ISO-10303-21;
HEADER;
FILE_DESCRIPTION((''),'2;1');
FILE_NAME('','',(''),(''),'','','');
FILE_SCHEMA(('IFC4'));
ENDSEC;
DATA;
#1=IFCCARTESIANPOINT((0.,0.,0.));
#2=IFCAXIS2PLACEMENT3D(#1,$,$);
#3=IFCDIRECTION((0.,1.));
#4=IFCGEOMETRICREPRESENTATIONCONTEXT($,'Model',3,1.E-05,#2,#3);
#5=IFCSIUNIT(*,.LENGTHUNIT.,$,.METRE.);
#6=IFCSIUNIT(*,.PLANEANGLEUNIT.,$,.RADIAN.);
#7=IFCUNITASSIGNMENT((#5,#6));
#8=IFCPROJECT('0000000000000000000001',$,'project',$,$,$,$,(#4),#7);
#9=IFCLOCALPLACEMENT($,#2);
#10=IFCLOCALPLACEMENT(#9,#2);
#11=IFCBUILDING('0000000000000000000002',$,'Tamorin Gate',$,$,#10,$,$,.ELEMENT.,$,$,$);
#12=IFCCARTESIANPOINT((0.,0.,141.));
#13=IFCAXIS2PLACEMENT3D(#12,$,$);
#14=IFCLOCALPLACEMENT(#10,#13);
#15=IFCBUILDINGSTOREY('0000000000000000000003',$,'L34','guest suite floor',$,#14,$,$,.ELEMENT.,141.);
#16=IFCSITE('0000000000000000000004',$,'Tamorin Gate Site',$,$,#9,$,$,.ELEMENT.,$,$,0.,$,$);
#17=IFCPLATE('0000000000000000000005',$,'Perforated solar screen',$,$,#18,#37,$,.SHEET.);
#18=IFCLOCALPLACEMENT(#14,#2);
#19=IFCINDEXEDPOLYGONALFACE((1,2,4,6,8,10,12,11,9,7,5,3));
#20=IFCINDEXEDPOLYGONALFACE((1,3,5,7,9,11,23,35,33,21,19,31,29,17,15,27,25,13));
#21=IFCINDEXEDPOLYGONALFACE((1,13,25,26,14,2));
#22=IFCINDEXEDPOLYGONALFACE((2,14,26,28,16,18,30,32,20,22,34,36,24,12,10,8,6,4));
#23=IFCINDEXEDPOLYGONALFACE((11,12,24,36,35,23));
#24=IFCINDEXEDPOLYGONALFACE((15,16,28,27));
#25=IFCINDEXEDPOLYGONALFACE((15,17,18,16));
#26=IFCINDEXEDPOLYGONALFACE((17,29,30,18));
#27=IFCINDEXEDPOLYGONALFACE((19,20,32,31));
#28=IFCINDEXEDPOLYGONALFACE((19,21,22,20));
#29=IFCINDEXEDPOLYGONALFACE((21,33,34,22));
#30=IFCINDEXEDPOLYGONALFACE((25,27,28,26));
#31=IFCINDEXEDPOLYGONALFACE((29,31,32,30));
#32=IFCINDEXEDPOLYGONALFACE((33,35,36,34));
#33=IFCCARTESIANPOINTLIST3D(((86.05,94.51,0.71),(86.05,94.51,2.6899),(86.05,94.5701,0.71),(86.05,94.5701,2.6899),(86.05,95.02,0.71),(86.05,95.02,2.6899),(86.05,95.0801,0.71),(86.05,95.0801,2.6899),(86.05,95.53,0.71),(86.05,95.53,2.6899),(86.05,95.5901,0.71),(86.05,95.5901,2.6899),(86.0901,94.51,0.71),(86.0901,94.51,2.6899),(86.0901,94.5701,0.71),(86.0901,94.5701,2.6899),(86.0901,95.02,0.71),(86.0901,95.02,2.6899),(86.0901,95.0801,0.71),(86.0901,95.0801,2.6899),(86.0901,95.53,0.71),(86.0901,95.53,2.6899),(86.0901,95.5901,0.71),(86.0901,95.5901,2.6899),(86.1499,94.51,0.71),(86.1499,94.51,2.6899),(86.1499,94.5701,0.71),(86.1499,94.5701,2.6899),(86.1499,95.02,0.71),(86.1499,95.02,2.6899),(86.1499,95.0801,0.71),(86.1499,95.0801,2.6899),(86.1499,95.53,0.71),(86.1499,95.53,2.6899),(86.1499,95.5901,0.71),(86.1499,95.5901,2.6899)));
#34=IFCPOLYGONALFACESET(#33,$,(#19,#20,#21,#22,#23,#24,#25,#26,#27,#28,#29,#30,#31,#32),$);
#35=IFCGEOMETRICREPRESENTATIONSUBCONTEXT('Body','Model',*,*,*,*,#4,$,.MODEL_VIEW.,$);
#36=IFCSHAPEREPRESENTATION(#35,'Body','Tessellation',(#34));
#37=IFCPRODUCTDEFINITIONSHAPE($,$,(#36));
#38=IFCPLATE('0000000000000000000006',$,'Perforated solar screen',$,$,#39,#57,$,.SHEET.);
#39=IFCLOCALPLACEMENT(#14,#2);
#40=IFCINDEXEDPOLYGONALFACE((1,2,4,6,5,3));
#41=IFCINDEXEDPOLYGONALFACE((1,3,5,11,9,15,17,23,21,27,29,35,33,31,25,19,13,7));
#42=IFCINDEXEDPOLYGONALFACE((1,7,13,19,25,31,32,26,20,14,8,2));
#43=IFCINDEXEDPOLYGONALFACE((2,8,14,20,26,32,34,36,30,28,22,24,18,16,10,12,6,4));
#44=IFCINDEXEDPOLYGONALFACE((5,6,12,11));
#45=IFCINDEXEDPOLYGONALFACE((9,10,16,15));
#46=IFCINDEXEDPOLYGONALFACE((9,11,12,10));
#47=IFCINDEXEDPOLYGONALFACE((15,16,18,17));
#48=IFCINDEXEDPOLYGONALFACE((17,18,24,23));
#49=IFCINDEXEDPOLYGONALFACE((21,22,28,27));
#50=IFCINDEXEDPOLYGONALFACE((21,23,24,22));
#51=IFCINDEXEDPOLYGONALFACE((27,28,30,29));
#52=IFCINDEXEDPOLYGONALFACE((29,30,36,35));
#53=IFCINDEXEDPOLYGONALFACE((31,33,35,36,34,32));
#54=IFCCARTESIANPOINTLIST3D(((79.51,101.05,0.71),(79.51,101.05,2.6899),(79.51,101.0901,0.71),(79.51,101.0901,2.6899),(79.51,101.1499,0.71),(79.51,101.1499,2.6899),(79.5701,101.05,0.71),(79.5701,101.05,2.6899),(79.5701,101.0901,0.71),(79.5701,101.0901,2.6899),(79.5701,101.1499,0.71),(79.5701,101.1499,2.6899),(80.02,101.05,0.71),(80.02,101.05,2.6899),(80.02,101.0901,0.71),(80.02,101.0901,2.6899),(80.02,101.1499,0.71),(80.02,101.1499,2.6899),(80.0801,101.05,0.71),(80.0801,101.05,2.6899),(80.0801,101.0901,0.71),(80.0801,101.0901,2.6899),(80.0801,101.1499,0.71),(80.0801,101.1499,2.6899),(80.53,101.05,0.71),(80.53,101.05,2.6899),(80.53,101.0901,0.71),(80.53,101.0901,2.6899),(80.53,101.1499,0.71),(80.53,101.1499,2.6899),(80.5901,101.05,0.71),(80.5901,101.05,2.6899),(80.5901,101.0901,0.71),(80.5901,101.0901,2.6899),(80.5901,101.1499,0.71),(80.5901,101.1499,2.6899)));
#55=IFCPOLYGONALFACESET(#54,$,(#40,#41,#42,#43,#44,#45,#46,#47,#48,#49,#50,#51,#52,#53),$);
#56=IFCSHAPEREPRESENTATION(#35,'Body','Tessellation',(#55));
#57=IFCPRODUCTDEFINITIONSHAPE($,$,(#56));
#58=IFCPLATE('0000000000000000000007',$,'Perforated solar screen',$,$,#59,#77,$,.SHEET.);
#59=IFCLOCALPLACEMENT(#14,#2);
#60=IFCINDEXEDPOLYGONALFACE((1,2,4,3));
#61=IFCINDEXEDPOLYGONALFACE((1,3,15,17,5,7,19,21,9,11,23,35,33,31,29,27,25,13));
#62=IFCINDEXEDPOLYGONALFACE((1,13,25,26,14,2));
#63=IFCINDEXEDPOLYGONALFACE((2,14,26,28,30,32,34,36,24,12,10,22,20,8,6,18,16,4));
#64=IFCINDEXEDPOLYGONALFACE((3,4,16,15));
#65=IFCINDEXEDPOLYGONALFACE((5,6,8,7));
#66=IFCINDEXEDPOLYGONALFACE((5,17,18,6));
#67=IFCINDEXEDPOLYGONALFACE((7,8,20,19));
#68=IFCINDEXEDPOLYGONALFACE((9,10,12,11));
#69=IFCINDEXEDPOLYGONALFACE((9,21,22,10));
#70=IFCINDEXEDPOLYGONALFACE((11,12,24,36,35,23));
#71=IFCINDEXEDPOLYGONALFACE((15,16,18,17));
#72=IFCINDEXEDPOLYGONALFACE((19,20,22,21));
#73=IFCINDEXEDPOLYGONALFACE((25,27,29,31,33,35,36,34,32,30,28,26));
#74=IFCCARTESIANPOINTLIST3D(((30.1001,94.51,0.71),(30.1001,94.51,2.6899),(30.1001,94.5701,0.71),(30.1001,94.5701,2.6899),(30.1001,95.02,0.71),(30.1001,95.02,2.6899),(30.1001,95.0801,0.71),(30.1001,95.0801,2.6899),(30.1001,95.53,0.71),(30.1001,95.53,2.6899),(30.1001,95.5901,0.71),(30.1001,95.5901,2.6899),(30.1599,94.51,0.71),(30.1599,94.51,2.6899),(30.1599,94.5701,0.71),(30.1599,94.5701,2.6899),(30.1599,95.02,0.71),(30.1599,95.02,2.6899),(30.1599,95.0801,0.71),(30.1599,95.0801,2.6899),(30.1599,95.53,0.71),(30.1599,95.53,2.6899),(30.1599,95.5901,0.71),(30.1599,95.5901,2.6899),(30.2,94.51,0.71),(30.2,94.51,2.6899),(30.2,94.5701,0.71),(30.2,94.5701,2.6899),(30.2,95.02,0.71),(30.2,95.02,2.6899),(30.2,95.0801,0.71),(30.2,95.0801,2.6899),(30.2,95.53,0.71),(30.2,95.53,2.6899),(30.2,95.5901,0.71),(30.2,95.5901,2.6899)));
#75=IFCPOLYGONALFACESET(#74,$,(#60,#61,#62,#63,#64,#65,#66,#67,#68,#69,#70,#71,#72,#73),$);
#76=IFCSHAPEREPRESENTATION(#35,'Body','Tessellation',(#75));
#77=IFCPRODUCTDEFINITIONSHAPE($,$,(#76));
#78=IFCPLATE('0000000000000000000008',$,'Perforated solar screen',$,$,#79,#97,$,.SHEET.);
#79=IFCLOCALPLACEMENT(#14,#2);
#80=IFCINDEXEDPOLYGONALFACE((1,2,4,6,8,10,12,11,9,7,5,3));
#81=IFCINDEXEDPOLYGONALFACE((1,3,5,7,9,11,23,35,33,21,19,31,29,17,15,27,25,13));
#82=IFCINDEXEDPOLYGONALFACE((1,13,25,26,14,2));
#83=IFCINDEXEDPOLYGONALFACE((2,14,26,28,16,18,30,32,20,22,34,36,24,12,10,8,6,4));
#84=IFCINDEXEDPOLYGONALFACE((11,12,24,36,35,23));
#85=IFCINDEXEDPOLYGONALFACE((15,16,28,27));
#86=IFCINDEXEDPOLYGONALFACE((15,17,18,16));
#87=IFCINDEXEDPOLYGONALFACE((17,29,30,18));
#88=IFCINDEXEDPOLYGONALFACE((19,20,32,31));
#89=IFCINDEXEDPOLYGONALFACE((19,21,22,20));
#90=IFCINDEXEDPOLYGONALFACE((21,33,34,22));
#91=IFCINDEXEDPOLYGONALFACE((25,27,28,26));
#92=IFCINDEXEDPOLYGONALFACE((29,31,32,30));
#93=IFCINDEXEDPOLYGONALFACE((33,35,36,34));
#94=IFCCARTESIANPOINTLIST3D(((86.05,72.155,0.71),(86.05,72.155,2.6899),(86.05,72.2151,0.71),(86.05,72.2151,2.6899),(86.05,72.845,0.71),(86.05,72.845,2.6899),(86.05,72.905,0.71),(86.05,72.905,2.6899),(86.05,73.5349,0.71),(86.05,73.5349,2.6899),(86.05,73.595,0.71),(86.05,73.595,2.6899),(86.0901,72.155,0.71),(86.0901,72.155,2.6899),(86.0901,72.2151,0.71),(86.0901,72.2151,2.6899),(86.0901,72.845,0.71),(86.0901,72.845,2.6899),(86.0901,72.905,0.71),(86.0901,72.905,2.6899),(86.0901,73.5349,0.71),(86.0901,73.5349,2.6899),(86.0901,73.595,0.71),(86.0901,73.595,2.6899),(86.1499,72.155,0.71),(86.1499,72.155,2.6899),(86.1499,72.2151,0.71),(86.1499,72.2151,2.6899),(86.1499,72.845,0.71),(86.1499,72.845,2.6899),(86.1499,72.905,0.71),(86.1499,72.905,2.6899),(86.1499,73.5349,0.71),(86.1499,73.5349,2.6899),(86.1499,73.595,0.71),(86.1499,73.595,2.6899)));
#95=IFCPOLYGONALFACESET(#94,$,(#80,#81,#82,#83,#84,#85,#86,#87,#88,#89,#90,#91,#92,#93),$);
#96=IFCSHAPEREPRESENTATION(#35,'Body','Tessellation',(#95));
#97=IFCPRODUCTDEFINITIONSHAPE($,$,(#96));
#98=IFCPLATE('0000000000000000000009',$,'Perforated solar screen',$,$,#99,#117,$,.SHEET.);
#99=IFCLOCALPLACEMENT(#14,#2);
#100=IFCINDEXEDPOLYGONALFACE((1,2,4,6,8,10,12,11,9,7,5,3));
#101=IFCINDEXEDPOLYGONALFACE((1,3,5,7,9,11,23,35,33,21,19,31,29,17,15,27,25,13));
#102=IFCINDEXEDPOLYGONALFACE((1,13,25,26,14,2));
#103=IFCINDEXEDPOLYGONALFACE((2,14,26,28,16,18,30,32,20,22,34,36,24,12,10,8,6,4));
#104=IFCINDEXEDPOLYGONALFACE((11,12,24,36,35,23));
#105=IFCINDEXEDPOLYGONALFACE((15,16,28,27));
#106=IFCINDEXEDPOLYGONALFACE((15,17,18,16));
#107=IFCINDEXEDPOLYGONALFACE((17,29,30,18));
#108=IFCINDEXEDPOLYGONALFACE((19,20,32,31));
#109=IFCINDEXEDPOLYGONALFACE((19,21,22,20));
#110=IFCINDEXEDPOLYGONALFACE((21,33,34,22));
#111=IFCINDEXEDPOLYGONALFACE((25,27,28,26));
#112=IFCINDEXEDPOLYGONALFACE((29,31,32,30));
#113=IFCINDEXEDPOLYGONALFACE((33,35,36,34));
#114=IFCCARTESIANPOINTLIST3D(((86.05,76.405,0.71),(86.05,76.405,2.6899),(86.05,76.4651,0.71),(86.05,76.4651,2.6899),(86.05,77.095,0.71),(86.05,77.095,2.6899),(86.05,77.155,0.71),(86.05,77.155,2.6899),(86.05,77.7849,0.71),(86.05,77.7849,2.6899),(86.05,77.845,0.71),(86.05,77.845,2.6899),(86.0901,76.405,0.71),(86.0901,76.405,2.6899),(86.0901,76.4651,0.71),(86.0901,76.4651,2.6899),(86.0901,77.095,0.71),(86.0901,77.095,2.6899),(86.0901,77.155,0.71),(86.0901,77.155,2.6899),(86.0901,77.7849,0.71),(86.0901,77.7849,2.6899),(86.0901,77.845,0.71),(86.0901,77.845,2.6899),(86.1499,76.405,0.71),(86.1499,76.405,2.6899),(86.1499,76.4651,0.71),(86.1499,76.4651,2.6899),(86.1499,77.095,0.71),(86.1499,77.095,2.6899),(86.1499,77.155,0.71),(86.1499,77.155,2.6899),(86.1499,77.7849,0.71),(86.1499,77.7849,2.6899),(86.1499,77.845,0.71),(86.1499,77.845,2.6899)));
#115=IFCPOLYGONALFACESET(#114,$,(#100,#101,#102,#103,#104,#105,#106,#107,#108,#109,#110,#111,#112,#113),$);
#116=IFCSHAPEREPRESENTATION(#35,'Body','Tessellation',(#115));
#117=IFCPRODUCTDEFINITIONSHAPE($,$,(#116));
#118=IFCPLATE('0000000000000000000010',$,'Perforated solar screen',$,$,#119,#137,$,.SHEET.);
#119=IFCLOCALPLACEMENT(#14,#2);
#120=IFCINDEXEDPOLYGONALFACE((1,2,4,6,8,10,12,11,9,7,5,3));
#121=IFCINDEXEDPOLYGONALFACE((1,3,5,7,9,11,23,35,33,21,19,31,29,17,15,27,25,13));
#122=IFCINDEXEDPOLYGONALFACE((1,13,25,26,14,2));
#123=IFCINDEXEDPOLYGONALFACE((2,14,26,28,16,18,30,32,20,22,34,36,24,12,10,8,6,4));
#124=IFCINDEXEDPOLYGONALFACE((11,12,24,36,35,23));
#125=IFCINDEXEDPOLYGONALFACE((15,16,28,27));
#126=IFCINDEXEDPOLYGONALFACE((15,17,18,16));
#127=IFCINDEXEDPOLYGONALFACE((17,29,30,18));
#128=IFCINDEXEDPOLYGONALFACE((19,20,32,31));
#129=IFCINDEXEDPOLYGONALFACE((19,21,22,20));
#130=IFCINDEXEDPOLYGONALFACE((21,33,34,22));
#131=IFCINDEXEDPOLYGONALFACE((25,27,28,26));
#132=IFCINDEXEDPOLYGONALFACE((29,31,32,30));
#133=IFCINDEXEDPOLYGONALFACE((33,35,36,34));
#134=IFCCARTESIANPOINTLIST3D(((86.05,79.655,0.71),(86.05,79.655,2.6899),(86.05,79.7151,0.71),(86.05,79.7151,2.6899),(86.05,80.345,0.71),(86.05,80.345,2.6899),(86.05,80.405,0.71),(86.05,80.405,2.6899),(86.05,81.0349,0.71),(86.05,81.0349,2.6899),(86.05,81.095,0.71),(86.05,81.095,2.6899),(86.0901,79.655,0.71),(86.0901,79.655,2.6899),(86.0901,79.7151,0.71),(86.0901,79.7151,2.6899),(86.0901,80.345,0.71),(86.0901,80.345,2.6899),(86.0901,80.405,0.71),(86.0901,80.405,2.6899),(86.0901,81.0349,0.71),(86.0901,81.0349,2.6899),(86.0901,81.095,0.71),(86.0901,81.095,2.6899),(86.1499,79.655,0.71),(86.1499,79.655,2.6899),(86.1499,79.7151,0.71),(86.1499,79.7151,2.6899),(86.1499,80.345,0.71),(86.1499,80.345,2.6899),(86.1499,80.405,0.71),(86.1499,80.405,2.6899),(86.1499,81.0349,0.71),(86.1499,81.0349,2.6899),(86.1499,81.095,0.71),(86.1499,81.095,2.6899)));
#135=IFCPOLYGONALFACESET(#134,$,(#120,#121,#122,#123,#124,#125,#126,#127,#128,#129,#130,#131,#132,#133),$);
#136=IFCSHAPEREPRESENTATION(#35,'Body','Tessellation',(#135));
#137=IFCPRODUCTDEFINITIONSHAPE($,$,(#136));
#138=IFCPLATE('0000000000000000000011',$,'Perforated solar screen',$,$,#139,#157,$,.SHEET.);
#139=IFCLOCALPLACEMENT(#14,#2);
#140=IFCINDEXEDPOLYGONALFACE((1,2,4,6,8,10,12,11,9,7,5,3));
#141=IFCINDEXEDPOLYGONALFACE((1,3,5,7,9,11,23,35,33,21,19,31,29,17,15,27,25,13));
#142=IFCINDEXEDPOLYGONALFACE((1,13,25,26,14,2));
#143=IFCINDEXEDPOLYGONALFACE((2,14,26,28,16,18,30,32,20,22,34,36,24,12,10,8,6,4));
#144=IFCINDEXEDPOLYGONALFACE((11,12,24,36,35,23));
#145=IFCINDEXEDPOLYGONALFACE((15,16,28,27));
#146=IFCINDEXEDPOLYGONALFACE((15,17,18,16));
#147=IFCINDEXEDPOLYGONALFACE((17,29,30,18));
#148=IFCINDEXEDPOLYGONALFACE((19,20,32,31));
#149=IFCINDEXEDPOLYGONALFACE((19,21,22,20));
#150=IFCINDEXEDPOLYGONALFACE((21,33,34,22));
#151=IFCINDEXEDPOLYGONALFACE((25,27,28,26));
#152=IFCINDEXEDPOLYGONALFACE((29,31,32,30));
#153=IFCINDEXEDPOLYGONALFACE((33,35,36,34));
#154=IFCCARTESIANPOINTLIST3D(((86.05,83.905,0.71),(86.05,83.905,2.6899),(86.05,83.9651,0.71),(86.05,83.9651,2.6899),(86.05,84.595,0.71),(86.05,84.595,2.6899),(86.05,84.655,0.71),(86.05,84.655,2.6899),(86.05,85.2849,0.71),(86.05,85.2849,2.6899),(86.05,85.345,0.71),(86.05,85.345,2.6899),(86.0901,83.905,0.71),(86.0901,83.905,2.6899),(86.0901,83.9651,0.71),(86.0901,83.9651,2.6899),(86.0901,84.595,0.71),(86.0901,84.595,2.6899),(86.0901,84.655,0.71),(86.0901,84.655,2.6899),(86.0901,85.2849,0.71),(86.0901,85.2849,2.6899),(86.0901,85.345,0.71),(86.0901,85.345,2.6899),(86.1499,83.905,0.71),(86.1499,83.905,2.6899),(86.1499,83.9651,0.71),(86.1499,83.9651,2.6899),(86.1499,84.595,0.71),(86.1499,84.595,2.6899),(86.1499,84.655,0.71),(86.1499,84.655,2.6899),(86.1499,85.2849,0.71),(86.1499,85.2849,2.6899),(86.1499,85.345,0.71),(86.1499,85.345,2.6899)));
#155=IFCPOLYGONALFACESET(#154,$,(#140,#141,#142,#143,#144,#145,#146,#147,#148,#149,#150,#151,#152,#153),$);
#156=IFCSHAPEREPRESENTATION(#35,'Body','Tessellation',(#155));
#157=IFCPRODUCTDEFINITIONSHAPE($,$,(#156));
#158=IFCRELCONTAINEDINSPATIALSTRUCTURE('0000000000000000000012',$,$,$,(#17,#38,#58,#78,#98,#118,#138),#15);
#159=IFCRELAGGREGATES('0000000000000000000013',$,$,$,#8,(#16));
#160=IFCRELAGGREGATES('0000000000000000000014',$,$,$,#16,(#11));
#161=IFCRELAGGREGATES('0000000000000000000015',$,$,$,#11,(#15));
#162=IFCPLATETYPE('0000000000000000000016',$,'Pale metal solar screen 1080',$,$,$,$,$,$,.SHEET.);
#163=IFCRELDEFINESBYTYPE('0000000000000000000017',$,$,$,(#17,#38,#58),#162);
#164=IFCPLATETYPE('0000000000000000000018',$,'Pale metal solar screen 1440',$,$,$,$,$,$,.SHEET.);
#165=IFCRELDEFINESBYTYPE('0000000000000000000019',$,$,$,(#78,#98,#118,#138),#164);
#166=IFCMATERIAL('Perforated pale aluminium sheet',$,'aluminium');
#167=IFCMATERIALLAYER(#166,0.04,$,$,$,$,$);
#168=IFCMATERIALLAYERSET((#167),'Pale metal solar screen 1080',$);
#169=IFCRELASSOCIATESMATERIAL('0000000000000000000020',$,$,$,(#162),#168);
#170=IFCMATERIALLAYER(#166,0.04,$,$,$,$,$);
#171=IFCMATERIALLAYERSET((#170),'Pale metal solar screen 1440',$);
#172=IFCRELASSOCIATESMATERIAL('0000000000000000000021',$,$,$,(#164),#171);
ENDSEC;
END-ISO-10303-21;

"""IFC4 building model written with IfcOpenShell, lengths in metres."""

from ifc_helpers import new_model, si_unit, direction, frame, origin, place, context, subcontext, project, spatial, polyline, outline, extrude, material, layer, layer_set, type_object, element, save


model = new_model("IFC4")

# Units and contexts
model_context = context("Model", 3, precision=1e-05, world=origin(), true_north=direction((0.0, 1.0)))
body_context = subcontext(model_context, "Body", "Model", "MODEL_VIEW")
ifc_project = project(units=[si_unit("LENGTHUNIT", "METRE"), si_unit("PLANEANGLEUNIT", "RADIAN")], contexts=[model_context])

# Site, building, storey
site_placement = place(None, origin())
site = spatial("IfcSite", under=ifc_project, at=site_placement, Name="Tamorin Gate Site", CompositionType="ELEMENT", RefElevation=0.0)
building_placement = place(site_placement, origin())
building = spatial("IfcBuilding", under=site, at=building_placement, Name="Tamorin Gate", CompositionType="ELEMENT")
storey_placement = place(building_placement, frame((0.0, 0.0, 141.0)))
storey = spatial("IfcBuildingStorey", under=building, at=storey_placement, Name="L34", Description="guest suite floor", CompositionType="ELEMENT", Elevation=141.0)

# Plates
ifc_material = material(Name="Perforated pale aluminium sheet", Category="aluminium")
ifc_layer_1 = layer(ifc_material, 0.04)
ifc_layer_set_1 = layer_set([ifc_layer_1], Name="Pale metal solar screen 1080")
plate_type_1 = type_object("IfcPlateType", Name="Pale metal solar screen 1080", PredefinedType="SHEET", material=ifc_layer_set_1)
plate_1_placement = place(storey_placement, frame((0.0, 0.0, 0.71)))
element("IfcPlate", 1, at=plate_1_placement, inside=storey, type_object=plate_type_1, Name="Perforated solar screen", PredefinedType="SHEET", context=body_context, shape_type="SweptSolid", body=[
    extrude(outline(polyline([(86.0901, 94.51), (86.05, 94.51), (86.05, 94.5701), (86.05, 95.02), (86.05, 95.0801), (86.05, 95.53), (86.05, 95.5901), (86.0901, 95.5901), (86.1499, 95.5901), (86.1499, 95.53), (86.0901, 95.53), (86.0901, 95.0801), (86.1499, 95.0801), (86.1499, 95.02), (86.0901, 95.02), (86.0901, 94.5701), (86.1499, 94.5701), (86.1499, 94.51), (86.0901, 94.51)])), origin(), (0.0, 0.0, 1.0), 1.98),
])
plate_2_placement = place(storey_placement, frame((0.0, 0.0, 0.71)))
element("IfcPlate", 2, at=plate_2_placement, inside=storey, type_object=plate_type_1, Name="Perforated solar screen", PredefinedType="SHEET", context=body_context, shape_type="SweptSolid", body=[
    extrude(outline(polyline([(80.5901, 101.0901), (80.5901, 101.05), (80.53, 101.05), (80.0801, 101.05), (80.02, 101.05), (79.5701, 101.05), (79.51, 101.05), (79.51, 101.0901), (79.51, 101.1499), (79.5701, 101.1499), (79.5701, 101.0901), (80.02, 101.0901), (80.02, 101.1499), (80.0801, 101.1499), (80.0801, 101.0901), (80.53, 101.0901), (80.53, 101.1499), (80.5901, 101.1499), (80.5901, 101.0901)])), origin(), (0.0, 0.0, 1.0), 1.98),
])
plate_3_placement = place(storey_placement, frame((0.0, 0.0, 0.71)))
element("IfcPlate", 3, at=plate_3_placement, inside=storey, type_object=plate_type_1, Name="Perforated solar screen", PredefinedType="SHEET", context=body_context, shape_type="SweptSolid", body=[
    extrude(outline(polyline([(30.1599, 95.5901), (30.2, 95.5901), (30.2, 95.53), (30.2, 95.0801), (30.2, 95.02), (30.2, 94.5701), (30.2, 94.51), (30.1599, 94.51), (30.1001, 94.51), (30.1001, 94.5701), (30.1599, 94.5701), (30.1599, 95.02), (30.1001, 95.02), (30.1001, 95.0801), (30.1599, 95.0801), (30.1599, 95.53), (30.1001, 95.53), (30.1001, 95.5901), (30.1599, 95.5901)])), origin(), (0.0, 0.0, 1.0), 1.98),
])
ifc_layer_2 = layer(ifc_material, 0.04)
ifc_layer_set_2 = layer_set([ifc_layer_2], Name="Pale metal solar screen 1440")
plate_type_2 = type_object("IfcPlateType", Name="Pale metal solar screen 1440", PredefinedType="SHEET", material=ifc_layer_set_2)
plate_4_placement = place(storey_placement, frame((0.0, 0.0, 0.71)))
element("IfcPlate", 4, at=plate_4_placement, inside=storey, type_object=plate_type_2, Name="Perforated solar screen", PredefinedType="SHEET", context=body_context, shape_type="SweptSolid", body=[
    extrude(outline(polyline([(86.0901, 72.155), (86.05, 72.155), (86.05, 72.2151), (86.05, 72.845), (86.05, 72.905), (86.05, 73.5349), (86.05, 73.595), (86.0901, 73.595), (86.1499, 73.595), (86.1499, 73.5349), (86.0901, 73.5349), (86.0901, 72.905), (86.1499, 72.905), (86.1499, 72.845), (86.0901, 72.845), (86.0901, 72.2151), (86.1499, 72.2151), (86.1499, 72.155), (86.0901, 72.155)])), origin(), (0.0, 0.0, 1.0), 1.98),
])
plate_5_placement = place(storey_placement, frame((0.0, 0.0, 0.71)))
element("IfcPlate", 5, at=plate_5_placement, inside=storey, type_object=plate_type_2, Name="Perforated solar screen", PredefinedType="SHEET", context=body_context, shape_type="SweptSolid", body=[
    extrude(outline(polyline([(86.0901, 76.405), (86.05, 76.405), (86.05, 76.4651), (86.05, 77.095), (86.05, 77.155), (86.05, 77.7849), (86.05, 77.845), (86.0901, 77.845), (86.1499, 77.845), (86.1499, 77.7849), (86.0901, 77.7849), (86.0901, 77.155), (86.1499, 77.155), (86.1499, 77.095), (86.0901, 77.095), (86.0901, 76.4651), (86.1499, 76.4651), (86.1499, 76.405), (86.0901, 76.405)])), origin(), (0.0, 0.0, 1.0), 1.98),
])
plate_6_placement = place(storey_placement, frame((0.0, 0.0, 0.71)))
element("IfcPlate", 6, at=plate_6_placement, inside=storey, type_object=plate_type_2, Name="Perforated solar screen", PredefinedType="SHEET", context=body_context, shape_type="SweptSolid", body=[
    extrude(outline(polyline([(86.0901, 79.655), (86.05, 79.655), (86.05, 79.7151), (86.05, 80.345), (86.05, 80.405), (86.05, 81.0349), (86.05, 81.095), (86.0901, 81.095), (86.1499, 81.095), (86.1499, 81.0349), (86.0901, 81.0349), (86.0901, 80.405), (86.1499, 80.405), (86.1499, 80.345), (86.0901, 80.345), (86.0901, 79.7151), (86.1499, 79.7151), (86.1499, 79.655), (86.0901, 79.655)])), origin(), (0.0, 0.0, 1.0), 1.98),
])
plate_7_placement = place(storey_placement, frame((0.0, 0.0, 0.71)))
element("IfcPlate", 7, at=plate_7_placement, inside=storey, type_object=plate_type_2, Name="Perforated solar screen", PredefinedType="SHEET", context=body_context, shape_type="SweptSolid", body=[
    extrude(outline(polyline([(86.0901, 83.905), (86.05, 83.905), (86.05, 83.9651), (86.05, 84.595), (86.05, 84.655), (86.05, 85.2849), (86.05, 85.345), (86.0901, 85.345), (86.1499, 85.345), (86.1499, 85.2849), (86.0901, 85.2849), (86.0901, 84.655), (86.1499, 84.655), (86.1499, 84.595), (86.0901, 84.595), (86.0901, 83.9651), (86.1499, 83.9651), (86.1499, 83.905), (86.0901, 83.905)])), origin(), (0.0, 0.0, 1.0), 1.98),
])

save(model, "model.ifc")
